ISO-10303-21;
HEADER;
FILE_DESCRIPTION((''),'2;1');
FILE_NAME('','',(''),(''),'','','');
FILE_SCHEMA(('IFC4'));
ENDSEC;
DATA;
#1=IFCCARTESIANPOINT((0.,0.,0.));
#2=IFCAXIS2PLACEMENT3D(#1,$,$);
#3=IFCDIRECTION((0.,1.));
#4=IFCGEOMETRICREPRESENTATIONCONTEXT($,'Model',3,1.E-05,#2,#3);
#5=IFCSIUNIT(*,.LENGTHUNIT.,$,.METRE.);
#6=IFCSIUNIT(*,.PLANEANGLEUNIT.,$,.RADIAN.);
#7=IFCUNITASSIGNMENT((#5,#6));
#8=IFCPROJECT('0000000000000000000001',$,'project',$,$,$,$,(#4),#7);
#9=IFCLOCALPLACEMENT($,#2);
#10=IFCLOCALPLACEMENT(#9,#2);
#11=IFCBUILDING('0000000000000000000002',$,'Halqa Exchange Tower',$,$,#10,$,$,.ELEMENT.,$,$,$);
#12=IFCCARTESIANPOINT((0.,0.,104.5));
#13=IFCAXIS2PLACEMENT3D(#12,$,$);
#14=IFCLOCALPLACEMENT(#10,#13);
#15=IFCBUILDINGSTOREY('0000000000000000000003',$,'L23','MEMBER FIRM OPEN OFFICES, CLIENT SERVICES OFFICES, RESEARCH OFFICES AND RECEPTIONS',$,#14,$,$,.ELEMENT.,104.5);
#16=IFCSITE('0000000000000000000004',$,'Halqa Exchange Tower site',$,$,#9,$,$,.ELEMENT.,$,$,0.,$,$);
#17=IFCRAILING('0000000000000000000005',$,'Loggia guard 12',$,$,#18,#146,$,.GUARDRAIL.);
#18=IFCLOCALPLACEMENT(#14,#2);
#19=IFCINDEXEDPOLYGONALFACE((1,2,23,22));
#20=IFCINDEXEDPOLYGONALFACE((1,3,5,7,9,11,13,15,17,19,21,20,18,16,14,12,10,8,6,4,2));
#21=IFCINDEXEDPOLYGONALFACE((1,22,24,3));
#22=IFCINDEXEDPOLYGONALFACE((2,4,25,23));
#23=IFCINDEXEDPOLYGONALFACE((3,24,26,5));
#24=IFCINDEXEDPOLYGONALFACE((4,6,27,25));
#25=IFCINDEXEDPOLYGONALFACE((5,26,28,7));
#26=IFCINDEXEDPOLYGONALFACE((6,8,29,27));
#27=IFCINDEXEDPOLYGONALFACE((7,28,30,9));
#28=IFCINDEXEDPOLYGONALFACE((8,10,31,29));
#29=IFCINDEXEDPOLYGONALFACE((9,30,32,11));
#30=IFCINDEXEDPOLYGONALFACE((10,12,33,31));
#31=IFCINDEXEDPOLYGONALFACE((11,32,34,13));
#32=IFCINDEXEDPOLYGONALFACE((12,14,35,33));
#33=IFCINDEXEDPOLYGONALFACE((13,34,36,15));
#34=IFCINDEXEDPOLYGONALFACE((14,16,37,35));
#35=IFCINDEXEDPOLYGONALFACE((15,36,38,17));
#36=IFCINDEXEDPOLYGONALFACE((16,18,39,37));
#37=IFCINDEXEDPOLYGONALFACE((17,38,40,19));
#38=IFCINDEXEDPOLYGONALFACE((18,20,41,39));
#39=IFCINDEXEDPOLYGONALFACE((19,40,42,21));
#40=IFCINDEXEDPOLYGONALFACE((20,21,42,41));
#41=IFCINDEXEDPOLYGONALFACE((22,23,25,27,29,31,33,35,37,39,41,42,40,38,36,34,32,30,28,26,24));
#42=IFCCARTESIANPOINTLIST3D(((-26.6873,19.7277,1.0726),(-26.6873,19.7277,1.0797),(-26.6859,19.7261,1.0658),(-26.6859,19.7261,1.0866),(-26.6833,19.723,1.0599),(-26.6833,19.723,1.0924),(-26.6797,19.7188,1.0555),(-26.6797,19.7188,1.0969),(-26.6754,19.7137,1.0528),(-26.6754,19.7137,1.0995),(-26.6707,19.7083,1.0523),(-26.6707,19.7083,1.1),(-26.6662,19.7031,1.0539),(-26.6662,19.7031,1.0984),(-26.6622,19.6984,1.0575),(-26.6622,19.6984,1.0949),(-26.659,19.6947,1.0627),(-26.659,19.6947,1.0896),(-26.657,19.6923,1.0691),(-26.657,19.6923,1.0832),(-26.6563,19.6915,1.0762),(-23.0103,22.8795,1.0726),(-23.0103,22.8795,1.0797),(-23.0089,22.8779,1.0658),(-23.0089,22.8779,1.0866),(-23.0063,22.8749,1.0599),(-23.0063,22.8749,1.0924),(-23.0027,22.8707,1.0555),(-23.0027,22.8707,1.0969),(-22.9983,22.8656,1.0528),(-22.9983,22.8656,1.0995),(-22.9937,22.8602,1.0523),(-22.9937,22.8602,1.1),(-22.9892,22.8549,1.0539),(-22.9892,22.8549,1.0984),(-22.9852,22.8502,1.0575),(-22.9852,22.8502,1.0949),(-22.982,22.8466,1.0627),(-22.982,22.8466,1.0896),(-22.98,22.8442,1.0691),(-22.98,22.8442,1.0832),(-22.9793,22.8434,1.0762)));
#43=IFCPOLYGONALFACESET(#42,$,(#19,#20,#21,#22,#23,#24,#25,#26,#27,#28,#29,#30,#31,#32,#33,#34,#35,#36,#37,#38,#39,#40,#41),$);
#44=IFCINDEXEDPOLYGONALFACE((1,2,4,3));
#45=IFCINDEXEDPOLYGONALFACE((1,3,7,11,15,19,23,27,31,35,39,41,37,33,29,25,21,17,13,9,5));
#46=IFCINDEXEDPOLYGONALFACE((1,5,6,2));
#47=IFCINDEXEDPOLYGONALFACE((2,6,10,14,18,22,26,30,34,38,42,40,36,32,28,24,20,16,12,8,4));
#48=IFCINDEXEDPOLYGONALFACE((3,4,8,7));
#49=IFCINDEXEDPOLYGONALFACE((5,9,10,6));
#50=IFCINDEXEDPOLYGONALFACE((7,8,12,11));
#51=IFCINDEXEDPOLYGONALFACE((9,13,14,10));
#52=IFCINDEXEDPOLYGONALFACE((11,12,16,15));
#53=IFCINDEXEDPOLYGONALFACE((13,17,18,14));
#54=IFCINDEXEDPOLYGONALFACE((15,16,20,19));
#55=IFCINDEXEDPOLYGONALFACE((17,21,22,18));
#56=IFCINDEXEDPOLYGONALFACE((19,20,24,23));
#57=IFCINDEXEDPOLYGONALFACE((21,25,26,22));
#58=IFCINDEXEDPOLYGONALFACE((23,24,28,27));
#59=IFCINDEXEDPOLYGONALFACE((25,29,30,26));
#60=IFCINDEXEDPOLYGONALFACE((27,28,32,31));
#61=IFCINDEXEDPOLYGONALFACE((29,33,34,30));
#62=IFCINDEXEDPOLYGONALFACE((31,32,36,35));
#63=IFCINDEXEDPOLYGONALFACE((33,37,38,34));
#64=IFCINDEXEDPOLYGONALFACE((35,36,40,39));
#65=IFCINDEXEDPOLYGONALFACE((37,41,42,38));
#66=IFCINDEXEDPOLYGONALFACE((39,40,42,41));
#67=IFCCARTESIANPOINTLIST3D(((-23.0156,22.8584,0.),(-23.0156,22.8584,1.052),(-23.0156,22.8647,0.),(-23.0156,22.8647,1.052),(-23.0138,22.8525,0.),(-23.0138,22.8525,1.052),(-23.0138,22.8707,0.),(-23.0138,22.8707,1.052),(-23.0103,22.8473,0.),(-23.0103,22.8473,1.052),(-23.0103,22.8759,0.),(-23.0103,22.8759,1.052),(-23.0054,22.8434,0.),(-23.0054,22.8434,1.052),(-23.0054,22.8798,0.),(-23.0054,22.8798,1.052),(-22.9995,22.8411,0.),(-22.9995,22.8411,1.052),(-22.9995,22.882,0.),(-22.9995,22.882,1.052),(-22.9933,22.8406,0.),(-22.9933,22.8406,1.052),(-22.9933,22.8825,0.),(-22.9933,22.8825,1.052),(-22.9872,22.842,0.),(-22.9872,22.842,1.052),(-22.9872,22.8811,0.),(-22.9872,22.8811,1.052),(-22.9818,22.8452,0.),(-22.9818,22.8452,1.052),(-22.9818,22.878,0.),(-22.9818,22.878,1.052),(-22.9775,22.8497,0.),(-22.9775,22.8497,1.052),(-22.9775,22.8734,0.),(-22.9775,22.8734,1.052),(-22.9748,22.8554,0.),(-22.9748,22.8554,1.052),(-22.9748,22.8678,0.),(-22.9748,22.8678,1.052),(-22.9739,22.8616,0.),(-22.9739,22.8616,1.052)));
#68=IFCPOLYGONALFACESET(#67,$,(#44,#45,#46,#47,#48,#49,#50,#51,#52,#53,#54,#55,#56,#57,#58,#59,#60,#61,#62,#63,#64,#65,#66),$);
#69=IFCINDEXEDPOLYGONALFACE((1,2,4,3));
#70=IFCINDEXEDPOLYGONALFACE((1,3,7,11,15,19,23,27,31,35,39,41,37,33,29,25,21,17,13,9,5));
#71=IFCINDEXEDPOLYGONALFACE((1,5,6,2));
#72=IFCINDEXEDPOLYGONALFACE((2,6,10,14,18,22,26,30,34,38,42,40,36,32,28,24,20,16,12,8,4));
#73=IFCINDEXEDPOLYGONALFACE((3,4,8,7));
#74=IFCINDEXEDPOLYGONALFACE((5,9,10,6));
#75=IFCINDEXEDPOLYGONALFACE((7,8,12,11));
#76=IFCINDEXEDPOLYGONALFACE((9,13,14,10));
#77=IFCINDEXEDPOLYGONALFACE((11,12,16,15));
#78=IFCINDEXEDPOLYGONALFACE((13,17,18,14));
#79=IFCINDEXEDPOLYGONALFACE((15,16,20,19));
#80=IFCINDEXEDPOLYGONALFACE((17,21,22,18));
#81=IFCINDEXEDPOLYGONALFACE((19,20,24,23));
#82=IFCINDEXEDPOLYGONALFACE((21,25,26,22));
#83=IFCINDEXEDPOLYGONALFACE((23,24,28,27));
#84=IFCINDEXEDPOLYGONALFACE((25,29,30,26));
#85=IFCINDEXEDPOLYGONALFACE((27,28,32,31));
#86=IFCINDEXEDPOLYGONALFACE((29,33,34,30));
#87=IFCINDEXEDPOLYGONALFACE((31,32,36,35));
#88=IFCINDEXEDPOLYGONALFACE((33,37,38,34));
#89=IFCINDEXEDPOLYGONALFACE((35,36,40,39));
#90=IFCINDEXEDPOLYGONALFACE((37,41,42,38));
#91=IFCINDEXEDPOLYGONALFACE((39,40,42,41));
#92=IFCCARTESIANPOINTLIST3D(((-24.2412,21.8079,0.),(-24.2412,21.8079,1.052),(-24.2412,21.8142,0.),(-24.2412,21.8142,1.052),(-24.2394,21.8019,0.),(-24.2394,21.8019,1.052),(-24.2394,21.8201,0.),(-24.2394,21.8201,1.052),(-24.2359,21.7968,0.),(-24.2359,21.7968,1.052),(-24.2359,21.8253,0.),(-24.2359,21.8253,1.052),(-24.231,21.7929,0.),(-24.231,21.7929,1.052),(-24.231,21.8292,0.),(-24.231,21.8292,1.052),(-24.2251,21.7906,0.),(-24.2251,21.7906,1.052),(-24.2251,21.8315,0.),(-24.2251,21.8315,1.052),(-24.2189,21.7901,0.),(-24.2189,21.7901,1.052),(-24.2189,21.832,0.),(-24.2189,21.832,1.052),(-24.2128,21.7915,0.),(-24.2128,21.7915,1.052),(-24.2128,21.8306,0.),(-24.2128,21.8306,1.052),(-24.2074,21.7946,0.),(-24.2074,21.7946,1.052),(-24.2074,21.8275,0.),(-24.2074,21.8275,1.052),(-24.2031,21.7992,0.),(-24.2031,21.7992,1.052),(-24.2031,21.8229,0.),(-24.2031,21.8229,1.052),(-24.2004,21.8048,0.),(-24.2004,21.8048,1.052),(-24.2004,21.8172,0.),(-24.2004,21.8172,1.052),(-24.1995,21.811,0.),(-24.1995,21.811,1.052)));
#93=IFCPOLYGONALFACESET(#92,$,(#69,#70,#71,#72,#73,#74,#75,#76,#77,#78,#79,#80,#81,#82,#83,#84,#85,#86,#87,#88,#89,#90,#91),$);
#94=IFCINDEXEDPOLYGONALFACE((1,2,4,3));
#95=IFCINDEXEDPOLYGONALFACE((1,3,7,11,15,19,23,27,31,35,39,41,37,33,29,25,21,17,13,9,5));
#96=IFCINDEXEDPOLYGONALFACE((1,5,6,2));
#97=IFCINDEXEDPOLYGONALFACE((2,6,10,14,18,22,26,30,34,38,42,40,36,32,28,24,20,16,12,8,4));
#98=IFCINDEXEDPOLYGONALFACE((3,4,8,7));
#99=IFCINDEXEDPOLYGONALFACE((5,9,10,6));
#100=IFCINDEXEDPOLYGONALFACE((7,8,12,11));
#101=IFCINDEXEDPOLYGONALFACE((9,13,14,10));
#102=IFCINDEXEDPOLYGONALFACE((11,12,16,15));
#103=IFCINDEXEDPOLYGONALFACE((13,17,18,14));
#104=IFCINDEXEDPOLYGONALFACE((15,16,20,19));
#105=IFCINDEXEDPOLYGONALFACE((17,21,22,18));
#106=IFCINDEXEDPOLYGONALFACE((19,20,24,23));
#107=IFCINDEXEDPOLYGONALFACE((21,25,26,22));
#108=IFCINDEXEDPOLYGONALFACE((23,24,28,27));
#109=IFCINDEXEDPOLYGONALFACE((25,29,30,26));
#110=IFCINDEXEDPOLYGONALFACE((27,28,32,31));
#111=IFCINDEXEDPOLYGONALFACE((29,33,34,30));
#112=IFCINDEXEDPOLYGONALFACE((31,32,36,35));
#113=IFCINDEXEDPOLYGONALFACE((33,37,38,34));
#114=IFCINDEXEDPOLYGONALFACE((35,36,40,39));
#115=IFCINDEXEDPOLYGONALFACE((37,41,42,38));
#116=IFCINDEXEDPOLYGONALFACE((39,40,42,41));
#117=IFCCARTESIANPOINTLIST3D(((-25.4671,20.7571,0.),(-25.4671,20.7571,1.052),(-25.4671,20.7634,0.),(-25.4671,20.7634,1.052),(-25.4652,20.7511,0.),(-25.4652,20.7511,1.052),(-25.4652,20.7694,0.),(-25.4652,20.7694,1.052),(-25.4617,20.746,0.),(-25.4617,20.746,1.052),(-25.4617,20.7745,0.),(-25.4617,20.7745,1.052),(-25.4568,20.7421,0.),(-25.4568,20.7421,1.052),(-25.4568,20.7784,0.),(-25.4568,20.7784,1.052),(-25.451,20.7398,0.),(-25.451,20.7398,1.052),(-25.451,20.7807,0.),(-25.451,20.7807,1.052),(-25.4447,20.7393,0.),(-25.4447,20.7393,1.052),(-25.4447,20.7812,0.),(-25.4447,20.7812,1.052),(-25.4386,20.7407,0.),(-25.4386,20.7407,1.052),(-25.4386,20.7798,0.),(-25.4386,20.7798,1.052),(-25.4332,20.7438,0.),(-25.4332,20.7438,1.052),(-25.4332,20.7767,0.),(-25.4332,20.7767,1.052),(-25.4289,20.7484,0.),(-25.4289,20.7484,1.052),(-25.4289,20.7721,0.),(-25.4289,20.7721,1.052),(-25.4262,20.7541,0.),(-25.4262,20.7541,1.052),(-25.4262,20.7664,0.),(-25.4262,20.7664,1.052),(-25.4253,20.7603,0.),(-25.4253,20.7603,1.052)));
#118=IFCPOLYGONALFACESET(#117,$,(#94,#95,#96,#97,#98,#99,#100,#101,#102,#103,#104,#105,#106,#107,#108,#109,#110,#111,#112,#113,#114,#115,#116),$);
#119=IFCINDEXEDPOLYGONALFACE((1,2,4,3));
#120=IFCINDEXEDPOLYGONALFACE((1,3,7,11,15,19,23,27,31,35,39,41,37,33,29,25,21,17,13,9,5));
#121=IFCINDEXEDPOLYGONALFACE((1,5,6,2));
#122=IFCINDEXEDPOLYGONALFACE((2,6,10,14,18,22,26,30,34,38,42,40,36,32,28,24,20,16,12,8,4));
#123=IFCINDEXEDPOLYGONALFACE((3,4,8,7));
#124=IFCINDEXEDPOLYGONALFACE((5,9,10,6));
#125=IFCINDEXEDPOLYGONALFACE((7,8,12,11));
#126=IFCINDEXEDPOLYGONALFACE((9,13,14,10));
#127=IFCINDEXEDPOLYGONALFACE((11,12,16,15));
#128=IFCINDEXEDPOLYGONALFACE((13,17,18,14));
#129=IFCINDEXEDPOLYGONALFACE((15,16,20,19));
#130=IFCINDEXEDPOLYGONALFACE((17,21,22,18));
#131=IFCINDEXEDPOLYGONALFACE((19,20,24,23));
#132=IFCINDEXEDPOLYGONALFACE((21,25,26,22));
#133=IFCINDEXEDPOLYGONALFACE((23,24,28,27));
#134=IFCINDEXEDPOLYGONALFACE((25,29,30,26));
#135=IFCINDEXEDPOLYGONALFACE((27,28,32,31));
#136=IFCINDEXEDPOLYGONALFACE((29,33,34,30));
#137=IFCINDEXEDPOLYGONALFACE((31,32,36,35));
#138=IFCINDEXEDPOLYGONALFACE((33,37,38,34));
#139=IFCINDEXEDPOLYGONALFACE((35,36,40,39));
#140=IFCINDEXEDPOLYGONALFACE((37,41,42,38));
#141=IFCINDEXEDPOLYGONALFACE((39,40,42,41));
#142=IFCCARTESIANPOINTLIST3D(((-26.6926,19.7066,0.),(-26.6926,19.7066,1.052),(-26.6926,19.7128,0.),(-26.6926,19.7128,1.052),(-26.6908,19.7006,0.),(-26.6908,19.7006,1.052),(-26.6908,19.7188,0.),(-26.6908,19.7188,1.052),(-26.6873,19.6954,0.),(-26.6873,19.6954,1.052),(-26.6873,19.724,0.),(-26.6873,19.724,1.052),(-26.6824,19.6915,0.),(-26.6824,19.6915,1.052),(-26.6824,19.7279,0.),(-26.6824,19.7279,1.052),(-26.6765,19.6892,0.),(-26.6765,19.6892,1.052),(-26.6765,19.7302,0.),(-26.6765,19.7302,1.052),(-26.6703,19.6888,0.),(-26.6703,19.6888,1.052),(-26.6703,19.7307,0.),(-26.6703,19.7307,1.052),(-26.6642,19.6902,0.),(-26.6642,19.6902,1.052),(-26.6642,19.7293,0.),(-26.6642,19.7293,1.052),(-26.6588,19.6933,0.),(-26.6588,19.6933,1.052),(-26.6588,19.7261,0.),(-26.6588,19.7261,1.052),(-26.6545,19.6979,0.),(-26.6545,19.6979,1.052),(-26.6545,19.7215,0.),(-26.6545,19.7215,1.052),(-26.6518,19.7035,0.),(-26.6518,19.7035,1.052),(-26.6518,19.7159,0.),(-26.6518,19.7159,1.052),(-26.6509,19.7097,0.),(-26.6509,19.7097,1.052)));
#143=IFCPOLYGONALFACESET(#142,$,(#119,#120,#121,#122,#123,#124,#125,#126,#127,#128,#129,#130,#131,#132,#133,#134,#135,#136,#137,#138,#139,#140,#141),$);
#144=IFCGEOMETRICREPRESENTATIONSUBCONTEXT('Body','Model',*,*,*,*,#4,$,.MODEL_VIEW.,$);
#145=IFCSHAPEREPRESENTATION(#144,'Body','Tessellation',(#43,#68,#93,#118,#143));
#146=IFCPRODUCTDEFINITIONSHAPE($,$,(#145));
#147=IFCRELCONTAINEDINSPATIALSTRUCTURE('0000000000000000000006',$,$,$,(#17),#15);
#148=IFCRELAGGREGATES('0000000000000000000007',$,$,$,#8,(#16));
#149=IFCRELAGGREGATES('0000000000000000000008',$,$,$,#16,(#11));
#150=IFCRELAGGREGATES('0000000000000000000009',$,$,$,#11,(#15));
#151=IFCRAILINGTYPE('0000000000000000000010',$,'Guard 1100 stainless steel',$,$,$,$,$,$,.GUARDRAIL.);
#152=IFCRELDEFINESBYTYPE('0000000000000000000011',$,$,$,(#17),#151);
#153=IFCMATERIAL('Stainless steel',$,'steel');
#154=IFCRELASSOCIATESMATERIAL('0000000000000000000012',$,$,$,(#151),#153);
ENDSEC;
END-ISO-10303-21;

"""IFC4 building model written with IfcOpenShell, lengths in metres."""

from ifc_helpers import new_model, si_unit, direction, frame, origin, origin_2d, place, context, subcontext, project, spatial, circle, extrude, material, type_object, element, save


model = new_model("IFC4")

# Units and contexts
model_context = context("Model", 3, precision=1e-05, world=origin(), true_north=direction((0.0, 1.0)))
body_context = subcontext(model_context, "Body", "Model", "MODEL_VIEW")
ifc_project = project(units=[si_unit("LENGTHUNIT", "METRE"), si_unit("PLANEANGLEUNIT", "RADIAN")], contexts=[model_context])

# Site, building, storey
site_placement = place(None, origin())
site = spatial("IfcSite", under=ifc_project, at=site_placement, Name="Halqa Exchange Tower site", CompositionType="ELEMENT", RefElevation=0.0)
building_placement = place(site_placement, origin())
building = spatial("IfcBuilding", under=site, at=building_placement, Name="Halqa Exchange Tower", CompositionType="ELEMENT")
storey_placement = place(building_placement, frame((0.0, 0.0, 104.5)))
storey = spatial("IfcBuildingStorey", under=building, at=storey_placement, Name="L23", Description="MEMBER FIRM OPEN OFFICES, CLIENT SERVICES OFFICES, RESEARCH OFFICES AND RECEPTIONS", CompositionType="ELEMENT", Elevation=104.5)

# Railing
ifc_material_1 = material(Name="Stainless steel", Category="steel")
railing_type = type_object("IfcRailingType", Name="Guard 1100 stainless steel", PredefinedType="GUARDRAIL", material=ifc_material_1)
railing_1_placement = place(storey_placement, frame((-22.9949, 22.8616, 0.0)))
element("IfcRailing", 1, at=railing_1_placement, inside=storey, type_object=railing_type, Name="Loggia guard 12", PredefinedType="GUARDRAIL", context=body_context, shape_type="SweptSolid", body=[
    extrude(circle(Radius=0.0239, at=origin_2d()), frame((0.0, 0.0, 1.0762), z_axis=(-0.759242, -0.650808, 0.0), x_axis=(0.650808, -0.759242, 0.0)), (0.0, 0.0, 1.0), 4.843),
    extrude(circle(Radius=0.021, at=origin_2d()), origin(), (0.0, 0.0, 1.0), 1.052),
    extrude(circle(Radius=0.021, at=origin_2d()), frame((-1.2256, -1.0505, 0.0)), (0.0, 0.0, 1.0), 1.052),
    extrude(circle(Radius=0.021, at=origin_2d()), frame((-2.4514, -2.1013, 0.0)), (0.0, 0.0, 1.0), 1.052),
    extrude(circle(Radius=0.021, at=origin_2d()), frame((-3.677, -3.1519, 0.0)), (0.0, 0.0, 1.0), 1.052),
])

save(model, "model.ifc")
